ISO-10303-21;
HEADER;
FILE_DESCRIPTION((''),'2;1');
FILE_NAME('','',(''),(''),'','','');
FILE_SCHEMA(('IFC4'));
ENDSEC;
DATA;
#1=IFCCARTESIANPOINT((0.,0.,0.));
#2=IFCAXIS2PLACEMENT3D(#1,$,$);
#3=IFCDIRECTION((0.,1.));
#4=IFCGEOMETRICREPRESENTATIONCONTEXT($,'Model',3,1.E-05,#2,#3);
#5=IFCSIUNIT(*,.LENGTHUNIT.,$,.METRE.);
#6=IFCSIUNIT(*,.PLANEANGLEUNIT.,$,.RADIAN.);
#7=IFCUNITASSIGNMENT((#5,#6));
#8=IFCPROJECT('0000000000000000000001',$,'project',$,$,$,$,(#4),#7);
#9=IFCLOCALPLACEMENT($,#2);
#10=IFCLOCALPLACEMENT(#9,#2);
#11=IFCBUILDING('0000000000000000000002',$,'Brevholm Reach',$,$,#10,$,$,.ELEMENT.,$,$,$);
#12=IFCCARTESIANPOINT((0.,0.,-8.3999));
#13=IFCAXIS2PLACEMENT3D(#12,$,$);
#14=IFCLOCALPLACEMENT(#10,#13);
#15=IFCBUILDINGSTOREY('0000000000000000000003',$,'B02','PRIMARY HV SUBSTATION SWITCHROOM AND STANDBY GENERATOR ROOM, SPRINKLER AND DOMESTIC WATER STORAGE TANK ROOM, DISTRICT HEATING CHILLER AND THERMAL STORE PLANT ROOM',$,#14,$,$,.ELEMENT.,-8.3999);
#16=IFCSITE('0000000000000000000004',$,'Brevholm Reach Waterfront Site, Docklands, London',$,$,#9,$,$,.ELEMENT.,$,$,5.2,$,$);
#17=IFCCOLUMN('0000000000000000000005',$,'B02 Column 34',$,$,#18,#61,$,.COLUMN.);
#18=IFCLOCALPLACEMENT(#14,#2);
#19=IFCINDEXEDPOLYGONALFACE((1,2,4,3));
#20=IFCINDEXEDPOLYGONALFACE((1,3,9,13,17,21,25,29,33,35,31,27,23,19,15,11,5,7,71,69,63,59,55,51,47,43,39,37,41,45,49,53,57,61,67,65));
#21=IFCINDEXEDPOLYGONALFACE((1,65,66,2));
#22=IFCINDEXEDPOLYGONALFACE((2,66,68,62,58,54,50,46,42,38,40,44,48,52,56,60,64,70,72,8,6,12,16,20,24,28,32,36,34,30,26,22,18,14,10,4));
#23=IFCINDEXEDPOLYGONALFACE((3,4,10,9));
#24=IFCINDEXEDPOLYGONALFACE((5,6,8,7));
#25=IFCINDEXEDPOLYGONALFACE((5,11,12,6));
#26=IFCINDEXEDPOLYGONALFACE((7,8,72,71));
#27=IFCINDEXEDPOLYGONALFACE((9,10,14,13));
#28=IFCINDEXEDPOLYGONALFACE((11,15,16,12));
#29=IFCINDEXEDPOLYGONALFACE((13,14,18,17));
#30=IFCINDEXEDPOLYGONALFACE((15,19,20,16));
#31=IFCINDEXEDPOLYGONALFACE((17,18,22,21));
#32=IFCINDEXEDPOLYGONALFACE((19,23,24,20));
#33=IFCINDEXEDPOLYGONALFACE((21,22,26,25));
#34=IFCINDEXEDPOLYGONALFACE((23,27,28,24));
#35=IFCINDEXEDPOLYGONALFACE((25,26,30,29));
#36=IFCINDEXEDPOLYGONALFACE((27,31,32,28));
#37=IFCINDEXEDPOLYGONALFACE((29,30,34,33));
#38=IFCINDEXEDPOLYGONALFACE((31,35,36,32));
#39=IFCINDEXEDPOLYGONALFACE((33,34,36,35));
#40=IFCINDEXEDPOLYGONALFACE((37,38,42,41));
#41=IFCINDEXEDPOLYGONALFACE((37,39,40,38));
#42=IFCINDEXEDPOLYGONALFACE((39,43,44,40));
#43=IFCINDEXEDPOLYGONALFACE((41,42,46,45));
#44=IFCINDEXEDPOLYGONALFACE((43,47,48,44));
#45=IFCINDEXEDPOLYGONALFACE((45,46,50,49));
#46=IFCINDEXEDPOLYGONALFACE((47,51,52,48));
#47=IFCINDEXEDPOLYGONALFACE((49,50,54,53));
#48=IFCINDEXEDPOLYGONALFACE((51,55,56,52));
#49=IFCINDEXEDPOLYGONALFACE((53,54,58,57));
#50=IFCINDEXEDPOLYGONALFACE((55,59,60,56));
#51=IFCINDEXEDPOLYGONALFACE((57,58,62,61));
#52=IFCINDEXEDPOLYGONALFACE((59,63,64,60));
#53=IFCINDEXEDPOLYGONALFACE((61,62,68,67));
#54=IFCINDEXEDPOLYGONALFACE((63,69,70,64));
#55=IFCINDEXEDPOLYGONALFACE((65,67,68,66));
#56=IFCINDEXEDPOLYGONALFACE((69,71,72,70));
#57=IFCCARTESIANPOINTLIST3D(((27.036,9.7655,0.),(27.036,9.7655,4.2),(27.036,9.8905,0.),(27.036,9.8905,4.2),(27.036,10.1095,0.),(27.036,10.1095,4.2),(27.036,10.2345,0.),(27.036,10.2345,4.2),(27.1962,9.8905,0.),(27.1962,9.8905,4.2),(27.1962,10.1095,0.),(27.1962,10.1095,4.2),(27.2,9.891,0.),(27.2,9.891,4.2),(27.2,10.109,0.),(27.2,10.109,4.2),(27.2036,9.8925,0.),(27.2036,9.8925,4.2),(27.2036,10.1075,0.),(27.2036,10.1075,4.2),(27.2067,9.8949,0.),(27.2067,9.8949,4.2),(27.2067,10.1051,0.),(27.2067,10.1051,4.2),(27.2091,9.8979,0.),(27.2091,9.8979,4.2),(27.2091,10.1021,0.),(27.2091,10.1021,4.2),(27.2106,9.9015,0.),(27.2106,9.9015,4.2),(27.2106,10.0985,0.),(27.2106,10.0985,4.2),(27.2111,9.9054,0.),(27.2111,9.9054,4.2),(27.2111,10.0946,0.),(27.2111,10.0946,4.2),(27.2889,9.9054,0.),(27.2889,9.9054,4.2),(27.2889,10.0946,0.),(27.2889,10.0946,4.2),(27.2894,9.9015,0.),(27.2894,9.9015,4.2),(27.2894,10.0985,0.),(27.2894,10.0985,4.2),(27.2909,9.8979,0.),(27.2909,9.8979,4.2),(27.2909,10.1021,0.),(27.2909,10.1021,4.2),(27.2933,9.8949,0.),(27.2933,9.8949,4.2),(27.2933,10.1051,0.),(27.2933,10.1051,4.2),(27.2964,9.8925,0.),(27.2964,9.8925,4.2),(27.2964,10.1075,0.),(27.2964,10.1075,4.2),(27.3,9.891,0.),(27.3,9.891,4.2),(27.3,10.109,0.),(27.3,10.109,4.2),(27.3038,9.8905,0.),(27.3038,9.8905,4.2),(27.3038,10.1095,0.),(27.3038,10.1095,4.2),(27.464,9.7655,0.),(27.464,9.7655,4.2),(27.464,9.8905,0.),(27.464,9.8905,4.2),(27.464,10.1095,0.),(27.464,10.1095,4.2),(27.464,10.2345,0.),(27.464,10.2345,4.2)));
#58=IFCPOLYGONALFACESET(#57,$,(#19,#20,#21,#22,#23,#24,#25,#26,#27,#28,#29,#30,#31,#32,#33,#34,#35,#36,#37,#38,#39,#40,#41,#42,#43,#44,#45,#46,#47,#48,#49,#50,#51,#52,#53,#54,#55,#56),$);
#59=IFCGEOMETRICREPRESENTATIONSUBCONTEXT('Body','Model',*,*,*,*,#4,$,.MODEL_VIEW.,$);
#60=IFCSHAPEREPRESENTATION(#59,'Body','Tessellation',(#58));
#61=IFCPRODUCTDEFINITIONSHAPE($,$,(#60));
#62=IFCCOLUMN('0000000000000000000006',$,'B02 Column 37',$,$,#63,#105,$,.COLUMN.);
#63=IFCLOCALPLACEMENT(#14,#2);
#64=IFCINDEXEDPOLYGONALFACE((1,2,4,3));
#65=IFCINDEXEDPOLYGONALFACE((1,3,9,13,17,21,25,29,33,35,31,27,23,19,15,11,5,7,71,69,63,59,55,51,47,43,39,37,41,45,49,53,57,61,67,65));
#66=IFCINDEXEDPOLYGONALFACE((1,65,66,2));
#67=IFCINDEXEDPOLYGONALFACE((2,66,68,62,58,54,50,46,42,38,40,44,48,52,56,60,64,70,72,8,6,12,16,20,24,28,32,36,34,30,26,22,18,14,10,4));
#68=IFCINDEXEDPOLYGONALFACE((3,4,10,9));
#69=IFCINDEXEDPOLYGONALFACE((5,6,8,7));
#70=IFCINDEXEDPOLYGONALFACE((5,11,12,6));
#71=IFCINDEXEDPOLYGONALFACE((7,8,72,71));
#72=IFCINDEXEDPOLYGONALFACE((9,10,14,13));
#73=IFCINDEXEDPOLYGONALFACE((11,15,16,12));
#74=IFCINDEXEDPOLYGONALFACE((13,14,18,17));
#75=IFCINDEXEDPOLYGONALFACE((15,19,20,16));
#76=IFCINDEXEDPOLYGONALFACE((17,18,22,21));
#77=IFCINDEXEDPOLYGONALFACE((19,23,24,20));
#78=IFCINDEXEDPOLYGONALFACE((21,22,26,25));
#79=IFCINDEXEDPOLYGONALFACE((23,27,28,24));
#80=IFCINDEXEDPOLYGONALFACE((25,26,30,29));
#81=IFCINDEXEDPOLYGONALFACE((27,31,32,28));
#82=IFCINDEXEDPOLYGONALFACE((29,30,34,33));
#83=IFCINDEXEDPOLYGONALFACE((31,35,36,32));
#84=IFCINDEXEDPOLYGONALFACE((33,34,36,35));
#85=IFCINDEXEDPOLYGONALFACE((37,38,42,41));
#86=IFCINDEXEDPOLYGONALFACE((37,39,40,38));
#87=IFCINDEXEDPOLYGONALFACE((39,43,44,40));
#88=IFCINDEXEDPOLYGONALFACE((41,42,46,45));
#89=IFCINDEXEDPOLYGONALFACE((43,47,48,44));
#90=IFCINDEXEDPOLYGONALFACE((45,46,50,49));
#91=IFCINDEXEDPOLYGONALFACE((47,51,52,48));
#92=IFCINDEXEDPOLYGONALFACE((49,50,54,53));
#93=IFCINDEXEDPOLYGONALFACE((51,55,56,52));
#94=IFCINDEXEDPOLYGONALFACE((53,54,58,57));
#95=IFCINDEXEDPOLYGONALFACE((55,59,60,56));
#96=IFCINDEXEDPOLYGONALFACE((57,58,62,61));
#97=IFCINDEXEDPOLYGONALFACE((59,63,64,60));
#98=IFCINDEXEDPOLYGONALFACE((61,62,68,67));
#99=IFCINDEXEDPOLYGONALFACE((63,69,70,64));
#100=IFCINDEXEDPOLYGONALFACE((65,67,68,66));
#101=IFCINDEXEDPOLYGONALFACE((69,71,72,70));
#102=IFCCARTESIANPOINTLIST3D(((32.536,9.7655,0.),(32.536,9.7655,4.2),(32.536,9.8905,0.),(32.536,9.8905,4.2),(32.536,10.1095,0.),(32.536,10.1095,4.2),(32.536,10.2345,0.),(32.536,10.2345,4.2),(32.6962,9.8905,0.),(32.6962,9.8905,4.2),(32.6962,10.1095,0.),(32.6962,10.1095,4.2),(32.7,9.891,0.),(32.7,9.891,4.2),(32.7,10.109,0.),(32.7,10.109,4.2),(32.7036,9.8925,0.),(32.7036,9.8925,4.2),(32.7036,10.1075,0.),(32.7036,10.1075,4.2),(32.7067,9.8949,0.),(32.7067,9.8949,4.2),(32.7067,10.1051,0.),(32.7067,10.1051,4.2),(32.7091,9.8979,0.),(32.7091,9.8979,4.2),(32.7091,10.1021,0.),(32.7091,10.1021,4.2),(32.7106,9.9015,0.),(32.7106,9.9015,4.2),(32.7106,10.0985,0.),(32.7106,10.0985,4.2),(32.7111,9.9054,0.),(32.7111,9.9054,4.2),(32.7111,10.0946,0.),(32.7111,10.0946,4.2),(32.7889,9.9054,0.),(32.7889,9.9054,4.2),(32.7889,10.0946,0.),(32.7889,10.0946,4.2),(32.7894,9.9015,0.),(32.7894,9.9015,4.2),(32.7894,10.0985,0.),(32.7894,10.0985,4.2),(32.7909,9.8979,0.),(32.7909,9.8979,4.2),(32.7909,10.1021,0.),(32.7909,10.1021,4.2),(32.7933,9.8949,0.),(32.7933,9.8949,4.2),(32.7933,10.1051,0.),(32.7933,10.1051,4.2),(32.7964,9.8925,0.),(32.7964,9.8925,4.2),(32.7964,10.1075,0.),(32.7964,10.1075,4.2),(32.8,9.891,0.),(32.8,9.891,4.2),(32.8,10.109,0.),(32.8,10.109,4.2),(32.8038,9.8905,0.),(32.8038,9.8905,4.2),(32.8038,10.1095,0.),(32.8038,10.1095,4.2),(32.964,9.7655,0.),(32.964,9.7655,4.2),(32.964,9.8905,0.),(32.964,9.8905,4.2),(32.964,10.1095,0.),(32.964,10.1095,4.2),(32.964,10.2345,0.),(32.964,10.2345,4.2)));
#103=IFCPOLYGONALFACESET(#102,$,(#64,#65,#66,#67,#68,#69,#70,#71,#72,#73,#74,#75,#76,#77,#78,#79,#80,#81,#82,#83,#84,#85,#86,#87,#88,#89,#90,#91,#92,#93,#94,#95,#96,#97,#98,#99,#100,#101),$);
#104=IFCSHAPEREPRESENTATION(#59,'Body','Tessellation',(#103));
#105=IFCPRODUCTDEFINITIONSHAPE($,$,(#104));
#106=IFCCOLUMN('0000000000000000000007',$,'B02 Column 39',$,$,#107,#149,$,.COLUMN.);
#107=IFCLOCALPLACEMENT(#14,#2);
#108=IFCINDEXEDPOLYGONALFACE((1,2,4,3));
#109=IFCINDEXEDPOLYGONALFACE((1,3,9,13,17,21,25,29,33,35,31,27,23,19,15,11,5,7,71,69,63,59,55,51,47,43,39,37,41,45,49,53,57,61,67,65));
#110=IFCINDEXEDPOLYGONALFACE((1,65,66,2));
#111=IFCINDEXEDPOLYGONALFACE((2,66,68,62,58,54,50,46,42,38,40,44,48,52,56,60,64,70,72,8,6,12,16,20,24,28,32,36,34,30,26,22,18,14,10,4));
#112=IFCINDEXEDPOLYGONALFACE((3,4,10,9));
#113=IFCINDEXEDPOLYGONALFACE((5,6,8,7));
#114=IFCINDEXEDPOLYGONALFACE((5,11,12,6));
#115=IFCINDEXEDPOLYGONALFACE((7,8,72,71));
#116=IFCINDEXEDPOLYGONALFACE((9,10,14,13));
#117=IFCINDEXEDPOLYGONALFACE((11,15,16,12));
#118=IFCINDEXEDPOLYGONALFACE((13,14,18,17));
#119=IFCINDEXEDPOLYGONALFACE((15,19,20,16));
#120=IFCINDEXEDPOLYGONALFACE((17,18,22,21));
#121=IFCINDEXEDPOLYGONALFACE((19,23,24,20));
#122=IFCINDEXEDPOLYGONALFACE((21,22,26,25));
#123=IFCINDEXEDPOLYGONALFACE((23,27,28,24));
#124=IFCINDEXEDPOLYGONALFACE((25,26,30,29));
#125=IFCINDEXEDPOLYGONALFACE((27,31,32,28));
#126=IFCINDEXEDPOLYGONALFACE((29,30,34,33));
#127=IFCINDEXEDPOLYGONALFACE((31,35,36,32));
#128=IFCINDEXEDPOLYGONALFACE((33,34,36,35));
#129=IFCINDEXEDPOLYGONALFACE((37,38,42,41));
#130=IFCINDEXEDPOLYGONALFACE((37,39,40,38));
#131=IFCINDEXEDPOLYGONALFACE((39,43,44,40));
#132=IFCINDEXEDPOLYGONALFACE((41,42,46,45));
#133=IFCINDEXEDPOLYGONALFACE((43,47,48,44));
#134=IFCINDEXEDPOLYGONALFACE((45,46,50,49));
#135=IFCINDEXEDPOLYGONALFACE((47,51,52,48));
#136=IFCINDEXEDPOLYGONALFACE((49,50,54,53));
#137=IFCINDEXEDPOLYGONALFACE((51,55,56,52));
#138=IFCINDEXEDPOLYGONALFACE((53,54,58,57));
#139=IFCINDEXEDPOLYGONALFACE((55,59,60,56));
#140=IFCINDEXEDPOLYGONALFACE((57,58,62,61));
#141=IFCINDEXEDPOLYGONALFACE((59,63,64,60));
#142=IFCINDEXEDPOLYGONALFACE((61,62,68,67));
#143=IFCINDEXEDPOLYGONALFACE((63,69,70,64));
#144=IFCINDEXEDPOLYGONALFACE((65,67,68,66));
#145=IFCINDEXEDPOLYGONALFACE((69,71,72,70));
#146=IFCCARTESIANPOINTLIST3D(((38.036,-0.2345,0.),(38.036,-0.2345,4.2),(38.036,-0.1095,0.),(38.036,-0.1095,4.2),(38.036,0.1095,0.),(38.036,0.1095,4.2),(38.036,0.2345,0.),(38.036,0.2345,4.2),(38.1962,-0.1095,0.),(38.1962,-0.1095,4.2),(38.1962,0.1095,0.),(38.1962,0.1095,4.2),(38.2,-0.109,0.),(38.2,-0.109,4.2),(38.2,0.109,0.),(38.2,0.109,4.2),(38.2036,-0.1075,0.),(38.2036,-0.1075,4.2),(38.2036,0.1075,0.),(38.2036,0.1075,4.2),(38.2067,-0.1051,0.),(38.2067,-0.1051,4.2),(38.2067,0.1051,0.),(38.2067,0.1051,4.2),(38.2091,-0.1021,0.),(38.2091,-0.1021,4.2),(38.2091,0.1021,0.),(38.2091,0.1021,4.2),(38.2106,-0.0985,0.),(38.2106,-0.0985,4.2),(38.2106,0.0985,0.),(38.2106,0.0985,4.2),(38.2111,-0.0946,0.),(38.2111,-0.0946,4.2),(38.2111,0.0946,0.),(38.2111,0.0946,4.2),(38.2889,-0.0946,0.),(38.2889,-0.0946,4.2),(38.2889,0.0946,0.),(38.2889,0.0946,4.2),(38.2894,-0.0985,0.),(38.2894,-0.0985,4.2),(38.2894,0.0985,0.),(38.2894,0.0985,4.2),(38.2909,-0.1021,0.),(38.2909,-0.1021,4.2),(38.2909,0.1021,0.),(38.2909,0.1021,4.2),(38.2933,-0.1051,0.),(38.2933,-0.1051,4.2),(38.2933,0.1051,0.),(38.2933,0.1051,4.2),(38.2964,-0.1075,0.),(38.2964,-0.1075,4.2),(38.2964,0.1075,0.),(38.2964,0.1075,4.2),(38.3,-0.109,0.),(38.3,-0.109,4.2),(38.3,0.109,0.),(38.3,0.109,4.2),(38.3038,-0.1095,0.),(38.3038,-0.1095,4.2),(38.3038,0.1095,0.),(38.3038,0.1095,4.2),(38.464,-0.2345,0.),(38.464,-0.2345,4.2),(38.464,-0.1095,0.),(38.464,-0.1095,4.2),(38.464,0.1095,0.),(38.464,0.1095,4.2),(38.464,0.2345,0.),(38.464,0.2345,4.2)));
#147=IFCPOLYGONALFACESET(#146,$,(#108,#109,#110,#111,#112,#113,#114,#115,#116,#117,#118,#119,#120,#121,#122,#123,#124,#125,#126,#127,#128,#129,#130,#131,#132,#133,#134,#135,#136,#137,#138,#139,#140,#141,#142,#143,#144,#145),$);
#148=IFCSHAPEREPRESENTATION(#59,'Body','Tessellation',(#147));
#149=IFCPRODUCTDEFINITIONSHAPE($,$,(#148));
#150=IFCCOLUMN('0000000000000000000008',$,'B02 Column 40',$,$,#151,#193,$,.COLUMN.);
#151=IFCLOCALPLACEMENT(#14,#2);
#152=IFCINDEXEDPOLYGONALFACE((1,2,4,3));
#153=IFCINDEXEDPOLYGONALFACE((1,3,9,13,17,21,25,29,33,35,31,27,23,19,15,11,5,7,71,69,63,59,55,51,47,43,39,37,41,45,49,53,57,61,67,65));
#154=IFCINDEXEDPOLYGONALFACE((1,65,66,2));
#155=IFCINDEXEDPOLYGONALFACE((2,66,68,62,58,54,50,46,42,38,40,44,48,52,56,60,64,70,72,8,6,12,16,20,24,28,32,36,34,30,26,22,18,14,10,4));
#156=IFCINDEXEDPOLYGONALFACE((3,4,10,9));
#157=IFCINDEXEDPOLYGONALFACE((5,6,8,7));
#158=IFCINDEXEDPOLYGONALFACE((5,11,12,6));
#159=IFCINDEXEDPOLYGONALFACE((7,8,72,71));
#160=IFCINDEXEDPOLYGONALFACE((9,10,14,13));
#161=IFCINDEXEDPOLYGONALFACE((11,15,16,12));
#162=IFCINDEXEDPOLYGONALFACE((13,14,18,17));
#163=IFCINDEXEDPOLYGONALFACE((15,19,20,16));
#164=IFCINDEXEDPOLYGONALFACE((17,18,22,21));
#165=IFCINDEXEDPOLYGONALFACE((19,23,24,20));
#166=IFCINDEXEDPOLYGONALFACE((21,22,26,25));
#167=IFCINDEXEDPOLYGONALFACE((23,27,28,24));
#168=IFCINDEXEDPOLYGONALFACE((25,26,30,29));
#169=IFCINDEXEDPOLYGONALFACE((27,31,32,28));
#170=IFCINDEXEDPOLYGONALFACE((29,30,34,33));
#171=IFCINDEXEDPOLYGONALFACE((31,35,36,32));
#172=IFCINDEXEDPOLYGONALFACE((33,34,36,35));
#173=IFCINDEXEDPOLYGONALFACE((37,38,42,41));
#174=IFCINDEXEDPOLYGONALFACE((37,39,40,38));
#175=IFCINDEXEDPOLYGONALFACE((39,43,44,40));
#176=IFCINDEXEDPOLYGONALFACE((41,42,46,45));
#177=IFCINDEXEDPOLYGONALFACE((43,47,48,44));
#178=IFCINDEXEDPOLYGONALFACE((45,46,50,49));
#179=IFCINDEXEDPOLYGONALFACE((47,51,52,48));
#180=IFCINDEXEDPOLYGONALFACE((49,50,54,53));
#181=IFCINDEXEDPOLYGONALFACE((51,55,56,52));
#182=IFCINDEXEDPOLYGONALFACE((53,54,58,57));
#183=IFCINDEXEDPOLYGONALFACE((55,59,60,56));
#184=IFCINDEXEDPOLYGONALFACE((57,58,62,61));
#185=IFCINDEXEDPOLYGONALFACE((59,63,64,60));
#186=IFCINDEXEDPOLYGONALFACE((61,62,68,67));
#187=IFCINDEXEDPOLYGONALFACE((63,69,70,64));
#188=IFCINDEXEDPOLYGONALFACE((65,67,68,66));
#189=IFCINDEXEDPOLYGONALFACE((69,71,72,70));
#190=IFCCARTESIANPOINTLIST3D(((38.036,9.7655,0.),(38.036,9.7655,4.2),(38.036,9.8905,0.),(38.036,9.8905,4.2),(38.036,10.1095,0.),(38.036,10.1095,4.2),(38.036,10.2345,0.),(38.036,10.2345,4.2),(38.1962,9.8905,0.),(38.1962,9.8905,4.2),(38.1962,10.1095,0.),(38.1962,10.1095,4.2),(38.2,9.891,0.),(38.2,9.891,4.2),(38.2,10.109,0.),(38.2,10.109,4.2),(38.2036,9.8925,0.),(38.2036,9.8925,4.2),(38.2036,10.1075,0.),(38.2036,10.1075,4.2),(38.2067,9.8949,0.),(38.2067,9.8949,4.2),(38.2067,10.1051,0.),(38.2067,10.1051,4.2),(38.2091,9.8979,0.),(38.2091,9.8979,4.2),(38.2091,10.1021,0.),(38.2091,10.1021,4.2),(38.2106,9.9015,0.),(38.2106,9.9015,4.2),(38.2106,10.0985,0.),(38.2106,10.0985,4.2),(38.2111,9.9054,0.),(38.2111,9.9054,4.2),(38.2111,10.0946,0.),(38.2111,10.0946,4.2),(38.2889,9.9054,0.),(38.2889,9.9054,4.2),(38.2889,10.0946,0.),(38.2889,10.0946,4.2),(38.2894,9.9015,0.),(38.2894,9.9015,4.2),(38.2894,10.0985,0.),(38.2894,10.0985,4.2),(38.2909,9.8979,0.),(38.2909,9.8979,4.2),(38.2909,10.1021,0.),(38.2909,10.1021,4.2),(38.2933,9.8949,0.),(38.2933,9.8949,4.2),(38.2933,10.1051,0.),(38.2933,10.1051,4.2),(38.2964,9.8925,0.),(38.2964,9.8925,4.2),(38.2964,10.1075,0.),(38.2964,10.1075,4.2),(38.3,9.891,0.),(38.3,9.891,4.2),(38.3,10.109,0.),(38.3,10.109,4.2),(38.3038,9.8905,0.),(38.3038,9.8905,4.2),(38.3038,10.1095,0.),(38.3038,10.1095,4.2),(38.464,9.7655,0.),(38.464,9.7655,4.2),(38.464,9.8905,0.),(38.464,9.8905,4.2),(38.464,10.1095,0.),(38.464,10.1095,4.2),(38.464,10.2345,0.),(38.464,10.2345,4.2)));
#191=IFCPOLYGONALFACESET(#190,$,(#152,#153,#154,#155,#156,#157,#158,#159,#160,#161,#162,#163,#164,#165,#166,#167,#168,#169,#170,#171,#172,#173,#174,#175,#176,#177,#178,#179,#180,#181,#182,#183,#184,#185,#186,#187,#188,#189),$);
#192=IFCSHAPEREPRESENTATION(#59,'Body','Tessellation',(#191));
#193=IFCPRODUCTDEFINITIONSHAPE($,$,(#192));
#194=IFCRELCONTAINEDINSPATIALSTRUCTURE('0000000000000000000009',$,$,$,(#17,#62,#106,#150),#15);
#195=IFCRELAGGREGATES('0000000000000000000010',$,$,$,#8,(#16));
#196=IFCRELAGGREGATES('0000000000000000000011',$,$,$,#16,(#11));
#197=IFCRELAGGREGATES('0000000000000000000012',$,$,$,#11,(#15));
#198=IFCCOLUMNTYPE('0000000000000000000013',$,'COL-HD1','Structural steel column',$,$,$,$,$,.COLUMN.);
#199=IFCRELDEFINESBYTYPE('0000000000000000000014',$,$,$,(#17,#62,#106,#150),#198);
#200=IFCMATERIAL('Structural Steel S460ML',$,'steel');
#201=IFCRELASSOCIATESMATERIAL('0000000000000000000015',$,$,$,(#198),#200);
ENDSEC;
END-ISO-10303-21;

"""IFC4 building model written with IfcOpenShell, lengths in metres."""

from ifc_helpers import new_model, si_unit, direction, frame, origin, origin_2d, place, context, subcontext, project, spatial, i_section, extrude, material, material_profile, profile_set, type_object, element, save


model = new_model("IFC4")

# Units and contexts
model_context = context("Model", 3, precision=1e-05, world=origin(), true_north=direction((0.0, 1.0)))
body_context = subcontext(model_context, "Body", "Model", "MODEL_VIEW")
ifc_project = project(units=[si_unit("LENGTHUNIT", "METRE"), si_unit("PLANEANGLEUNIT", "RADIAN")], contexts=[model_context])

# Site, building, storey
site_placement = place(None, origin())
site = spatial("IfcSite", under=ifc_project, at=site_placement, Name="Brevholm Reach Waterfront Site, Docklands, London", CompositionType="ELEMENT", RefElevation=5.2)
building_placement = place(site_placement, origin())
building = spatial("IfcBuilding", under=site, at=building_placement, Name="Brevholm Reach", CompositionType="ELEMENT")
storey_placement = place(building_placement, frame((0.0, 0.0, -8.3999)))
storey = spatial("IfcBuildingStorey", under=building, at=storey_placement, Name="B02", Description="PRIMARY HV SUBSTATION SWITCHROOM AND STANDBY GENERATOR ROOM, SPRINKLER AND DOMESTIC WATER STORAGE TANK ROOM, DISTRICT HEATING CHILLER AND THERMAL STORE PLANT ROOM", CompositionType="ELEMENT", Elevation=-8.3999)

# Columns
ifc_material_1 = material(Name="Structural Steel S460ML", Category="steel")
ifc_material_profile_1 = material_profile(ifc_material_1, i_section(OverallWidth=0.428, OverallDepth=0.469, WebThickness=0.0779, FlangeThickness=0.125, FilletRadius=0.0149, at=origin_2d()), Name="HD 400x1086")
ifc_profile_set_1 = profile_set([ifc_material_profile_1], Name="Structural Steel S460ML")
column_type = type_object("IfcColumnType", Name="COL-HD1", Description="Structural steel column", PredefinedType="COLUMN", material=ifc_profile_set_1)
for number, where, z_axis, x_axis, name in (
    (1, (27.25, 10.0, 0.0), (0.0, 0.0, 1.0), (1.0, 0.0, 0.0), "B02 Column 34"),
    (2, (32.75, 10.0, 0.0), (0.0, 0.0, 1.0), (1.0, 0.0, 0.0), "B02 Column 37"),
    (3, (38.25, 0.0, 0.0), (0.0, 0.0, 1.0), (1.0, 0.0, 0.0), "B02 Column 39"),
    (4, (38.25, 10.0, 0.0), (0.0, 0.0, 1.0), (1.0, 0.0, 0.0), "B02 Column 40"),
):
    element("IfcColumn", number, at=place(storey_placement, frame(where, z_axis=z_axis, x_axis=x_axis)), inside=storey, type_object=column_type, Name=name, PredefinedType="COLUMN", context=body_context, shape_type="SweptSolid", body=[
        extrude(i_section(OverallWidth=0.428, OverallDepth=0.469, WebThickness=0.0779, FlangeThickness=0.125, FilletRadius=0.0149, at=origin_2d()), origin(), (0.0, 0.0, 1.0), 4.2),
    ])

save(model, "model.ifc")
